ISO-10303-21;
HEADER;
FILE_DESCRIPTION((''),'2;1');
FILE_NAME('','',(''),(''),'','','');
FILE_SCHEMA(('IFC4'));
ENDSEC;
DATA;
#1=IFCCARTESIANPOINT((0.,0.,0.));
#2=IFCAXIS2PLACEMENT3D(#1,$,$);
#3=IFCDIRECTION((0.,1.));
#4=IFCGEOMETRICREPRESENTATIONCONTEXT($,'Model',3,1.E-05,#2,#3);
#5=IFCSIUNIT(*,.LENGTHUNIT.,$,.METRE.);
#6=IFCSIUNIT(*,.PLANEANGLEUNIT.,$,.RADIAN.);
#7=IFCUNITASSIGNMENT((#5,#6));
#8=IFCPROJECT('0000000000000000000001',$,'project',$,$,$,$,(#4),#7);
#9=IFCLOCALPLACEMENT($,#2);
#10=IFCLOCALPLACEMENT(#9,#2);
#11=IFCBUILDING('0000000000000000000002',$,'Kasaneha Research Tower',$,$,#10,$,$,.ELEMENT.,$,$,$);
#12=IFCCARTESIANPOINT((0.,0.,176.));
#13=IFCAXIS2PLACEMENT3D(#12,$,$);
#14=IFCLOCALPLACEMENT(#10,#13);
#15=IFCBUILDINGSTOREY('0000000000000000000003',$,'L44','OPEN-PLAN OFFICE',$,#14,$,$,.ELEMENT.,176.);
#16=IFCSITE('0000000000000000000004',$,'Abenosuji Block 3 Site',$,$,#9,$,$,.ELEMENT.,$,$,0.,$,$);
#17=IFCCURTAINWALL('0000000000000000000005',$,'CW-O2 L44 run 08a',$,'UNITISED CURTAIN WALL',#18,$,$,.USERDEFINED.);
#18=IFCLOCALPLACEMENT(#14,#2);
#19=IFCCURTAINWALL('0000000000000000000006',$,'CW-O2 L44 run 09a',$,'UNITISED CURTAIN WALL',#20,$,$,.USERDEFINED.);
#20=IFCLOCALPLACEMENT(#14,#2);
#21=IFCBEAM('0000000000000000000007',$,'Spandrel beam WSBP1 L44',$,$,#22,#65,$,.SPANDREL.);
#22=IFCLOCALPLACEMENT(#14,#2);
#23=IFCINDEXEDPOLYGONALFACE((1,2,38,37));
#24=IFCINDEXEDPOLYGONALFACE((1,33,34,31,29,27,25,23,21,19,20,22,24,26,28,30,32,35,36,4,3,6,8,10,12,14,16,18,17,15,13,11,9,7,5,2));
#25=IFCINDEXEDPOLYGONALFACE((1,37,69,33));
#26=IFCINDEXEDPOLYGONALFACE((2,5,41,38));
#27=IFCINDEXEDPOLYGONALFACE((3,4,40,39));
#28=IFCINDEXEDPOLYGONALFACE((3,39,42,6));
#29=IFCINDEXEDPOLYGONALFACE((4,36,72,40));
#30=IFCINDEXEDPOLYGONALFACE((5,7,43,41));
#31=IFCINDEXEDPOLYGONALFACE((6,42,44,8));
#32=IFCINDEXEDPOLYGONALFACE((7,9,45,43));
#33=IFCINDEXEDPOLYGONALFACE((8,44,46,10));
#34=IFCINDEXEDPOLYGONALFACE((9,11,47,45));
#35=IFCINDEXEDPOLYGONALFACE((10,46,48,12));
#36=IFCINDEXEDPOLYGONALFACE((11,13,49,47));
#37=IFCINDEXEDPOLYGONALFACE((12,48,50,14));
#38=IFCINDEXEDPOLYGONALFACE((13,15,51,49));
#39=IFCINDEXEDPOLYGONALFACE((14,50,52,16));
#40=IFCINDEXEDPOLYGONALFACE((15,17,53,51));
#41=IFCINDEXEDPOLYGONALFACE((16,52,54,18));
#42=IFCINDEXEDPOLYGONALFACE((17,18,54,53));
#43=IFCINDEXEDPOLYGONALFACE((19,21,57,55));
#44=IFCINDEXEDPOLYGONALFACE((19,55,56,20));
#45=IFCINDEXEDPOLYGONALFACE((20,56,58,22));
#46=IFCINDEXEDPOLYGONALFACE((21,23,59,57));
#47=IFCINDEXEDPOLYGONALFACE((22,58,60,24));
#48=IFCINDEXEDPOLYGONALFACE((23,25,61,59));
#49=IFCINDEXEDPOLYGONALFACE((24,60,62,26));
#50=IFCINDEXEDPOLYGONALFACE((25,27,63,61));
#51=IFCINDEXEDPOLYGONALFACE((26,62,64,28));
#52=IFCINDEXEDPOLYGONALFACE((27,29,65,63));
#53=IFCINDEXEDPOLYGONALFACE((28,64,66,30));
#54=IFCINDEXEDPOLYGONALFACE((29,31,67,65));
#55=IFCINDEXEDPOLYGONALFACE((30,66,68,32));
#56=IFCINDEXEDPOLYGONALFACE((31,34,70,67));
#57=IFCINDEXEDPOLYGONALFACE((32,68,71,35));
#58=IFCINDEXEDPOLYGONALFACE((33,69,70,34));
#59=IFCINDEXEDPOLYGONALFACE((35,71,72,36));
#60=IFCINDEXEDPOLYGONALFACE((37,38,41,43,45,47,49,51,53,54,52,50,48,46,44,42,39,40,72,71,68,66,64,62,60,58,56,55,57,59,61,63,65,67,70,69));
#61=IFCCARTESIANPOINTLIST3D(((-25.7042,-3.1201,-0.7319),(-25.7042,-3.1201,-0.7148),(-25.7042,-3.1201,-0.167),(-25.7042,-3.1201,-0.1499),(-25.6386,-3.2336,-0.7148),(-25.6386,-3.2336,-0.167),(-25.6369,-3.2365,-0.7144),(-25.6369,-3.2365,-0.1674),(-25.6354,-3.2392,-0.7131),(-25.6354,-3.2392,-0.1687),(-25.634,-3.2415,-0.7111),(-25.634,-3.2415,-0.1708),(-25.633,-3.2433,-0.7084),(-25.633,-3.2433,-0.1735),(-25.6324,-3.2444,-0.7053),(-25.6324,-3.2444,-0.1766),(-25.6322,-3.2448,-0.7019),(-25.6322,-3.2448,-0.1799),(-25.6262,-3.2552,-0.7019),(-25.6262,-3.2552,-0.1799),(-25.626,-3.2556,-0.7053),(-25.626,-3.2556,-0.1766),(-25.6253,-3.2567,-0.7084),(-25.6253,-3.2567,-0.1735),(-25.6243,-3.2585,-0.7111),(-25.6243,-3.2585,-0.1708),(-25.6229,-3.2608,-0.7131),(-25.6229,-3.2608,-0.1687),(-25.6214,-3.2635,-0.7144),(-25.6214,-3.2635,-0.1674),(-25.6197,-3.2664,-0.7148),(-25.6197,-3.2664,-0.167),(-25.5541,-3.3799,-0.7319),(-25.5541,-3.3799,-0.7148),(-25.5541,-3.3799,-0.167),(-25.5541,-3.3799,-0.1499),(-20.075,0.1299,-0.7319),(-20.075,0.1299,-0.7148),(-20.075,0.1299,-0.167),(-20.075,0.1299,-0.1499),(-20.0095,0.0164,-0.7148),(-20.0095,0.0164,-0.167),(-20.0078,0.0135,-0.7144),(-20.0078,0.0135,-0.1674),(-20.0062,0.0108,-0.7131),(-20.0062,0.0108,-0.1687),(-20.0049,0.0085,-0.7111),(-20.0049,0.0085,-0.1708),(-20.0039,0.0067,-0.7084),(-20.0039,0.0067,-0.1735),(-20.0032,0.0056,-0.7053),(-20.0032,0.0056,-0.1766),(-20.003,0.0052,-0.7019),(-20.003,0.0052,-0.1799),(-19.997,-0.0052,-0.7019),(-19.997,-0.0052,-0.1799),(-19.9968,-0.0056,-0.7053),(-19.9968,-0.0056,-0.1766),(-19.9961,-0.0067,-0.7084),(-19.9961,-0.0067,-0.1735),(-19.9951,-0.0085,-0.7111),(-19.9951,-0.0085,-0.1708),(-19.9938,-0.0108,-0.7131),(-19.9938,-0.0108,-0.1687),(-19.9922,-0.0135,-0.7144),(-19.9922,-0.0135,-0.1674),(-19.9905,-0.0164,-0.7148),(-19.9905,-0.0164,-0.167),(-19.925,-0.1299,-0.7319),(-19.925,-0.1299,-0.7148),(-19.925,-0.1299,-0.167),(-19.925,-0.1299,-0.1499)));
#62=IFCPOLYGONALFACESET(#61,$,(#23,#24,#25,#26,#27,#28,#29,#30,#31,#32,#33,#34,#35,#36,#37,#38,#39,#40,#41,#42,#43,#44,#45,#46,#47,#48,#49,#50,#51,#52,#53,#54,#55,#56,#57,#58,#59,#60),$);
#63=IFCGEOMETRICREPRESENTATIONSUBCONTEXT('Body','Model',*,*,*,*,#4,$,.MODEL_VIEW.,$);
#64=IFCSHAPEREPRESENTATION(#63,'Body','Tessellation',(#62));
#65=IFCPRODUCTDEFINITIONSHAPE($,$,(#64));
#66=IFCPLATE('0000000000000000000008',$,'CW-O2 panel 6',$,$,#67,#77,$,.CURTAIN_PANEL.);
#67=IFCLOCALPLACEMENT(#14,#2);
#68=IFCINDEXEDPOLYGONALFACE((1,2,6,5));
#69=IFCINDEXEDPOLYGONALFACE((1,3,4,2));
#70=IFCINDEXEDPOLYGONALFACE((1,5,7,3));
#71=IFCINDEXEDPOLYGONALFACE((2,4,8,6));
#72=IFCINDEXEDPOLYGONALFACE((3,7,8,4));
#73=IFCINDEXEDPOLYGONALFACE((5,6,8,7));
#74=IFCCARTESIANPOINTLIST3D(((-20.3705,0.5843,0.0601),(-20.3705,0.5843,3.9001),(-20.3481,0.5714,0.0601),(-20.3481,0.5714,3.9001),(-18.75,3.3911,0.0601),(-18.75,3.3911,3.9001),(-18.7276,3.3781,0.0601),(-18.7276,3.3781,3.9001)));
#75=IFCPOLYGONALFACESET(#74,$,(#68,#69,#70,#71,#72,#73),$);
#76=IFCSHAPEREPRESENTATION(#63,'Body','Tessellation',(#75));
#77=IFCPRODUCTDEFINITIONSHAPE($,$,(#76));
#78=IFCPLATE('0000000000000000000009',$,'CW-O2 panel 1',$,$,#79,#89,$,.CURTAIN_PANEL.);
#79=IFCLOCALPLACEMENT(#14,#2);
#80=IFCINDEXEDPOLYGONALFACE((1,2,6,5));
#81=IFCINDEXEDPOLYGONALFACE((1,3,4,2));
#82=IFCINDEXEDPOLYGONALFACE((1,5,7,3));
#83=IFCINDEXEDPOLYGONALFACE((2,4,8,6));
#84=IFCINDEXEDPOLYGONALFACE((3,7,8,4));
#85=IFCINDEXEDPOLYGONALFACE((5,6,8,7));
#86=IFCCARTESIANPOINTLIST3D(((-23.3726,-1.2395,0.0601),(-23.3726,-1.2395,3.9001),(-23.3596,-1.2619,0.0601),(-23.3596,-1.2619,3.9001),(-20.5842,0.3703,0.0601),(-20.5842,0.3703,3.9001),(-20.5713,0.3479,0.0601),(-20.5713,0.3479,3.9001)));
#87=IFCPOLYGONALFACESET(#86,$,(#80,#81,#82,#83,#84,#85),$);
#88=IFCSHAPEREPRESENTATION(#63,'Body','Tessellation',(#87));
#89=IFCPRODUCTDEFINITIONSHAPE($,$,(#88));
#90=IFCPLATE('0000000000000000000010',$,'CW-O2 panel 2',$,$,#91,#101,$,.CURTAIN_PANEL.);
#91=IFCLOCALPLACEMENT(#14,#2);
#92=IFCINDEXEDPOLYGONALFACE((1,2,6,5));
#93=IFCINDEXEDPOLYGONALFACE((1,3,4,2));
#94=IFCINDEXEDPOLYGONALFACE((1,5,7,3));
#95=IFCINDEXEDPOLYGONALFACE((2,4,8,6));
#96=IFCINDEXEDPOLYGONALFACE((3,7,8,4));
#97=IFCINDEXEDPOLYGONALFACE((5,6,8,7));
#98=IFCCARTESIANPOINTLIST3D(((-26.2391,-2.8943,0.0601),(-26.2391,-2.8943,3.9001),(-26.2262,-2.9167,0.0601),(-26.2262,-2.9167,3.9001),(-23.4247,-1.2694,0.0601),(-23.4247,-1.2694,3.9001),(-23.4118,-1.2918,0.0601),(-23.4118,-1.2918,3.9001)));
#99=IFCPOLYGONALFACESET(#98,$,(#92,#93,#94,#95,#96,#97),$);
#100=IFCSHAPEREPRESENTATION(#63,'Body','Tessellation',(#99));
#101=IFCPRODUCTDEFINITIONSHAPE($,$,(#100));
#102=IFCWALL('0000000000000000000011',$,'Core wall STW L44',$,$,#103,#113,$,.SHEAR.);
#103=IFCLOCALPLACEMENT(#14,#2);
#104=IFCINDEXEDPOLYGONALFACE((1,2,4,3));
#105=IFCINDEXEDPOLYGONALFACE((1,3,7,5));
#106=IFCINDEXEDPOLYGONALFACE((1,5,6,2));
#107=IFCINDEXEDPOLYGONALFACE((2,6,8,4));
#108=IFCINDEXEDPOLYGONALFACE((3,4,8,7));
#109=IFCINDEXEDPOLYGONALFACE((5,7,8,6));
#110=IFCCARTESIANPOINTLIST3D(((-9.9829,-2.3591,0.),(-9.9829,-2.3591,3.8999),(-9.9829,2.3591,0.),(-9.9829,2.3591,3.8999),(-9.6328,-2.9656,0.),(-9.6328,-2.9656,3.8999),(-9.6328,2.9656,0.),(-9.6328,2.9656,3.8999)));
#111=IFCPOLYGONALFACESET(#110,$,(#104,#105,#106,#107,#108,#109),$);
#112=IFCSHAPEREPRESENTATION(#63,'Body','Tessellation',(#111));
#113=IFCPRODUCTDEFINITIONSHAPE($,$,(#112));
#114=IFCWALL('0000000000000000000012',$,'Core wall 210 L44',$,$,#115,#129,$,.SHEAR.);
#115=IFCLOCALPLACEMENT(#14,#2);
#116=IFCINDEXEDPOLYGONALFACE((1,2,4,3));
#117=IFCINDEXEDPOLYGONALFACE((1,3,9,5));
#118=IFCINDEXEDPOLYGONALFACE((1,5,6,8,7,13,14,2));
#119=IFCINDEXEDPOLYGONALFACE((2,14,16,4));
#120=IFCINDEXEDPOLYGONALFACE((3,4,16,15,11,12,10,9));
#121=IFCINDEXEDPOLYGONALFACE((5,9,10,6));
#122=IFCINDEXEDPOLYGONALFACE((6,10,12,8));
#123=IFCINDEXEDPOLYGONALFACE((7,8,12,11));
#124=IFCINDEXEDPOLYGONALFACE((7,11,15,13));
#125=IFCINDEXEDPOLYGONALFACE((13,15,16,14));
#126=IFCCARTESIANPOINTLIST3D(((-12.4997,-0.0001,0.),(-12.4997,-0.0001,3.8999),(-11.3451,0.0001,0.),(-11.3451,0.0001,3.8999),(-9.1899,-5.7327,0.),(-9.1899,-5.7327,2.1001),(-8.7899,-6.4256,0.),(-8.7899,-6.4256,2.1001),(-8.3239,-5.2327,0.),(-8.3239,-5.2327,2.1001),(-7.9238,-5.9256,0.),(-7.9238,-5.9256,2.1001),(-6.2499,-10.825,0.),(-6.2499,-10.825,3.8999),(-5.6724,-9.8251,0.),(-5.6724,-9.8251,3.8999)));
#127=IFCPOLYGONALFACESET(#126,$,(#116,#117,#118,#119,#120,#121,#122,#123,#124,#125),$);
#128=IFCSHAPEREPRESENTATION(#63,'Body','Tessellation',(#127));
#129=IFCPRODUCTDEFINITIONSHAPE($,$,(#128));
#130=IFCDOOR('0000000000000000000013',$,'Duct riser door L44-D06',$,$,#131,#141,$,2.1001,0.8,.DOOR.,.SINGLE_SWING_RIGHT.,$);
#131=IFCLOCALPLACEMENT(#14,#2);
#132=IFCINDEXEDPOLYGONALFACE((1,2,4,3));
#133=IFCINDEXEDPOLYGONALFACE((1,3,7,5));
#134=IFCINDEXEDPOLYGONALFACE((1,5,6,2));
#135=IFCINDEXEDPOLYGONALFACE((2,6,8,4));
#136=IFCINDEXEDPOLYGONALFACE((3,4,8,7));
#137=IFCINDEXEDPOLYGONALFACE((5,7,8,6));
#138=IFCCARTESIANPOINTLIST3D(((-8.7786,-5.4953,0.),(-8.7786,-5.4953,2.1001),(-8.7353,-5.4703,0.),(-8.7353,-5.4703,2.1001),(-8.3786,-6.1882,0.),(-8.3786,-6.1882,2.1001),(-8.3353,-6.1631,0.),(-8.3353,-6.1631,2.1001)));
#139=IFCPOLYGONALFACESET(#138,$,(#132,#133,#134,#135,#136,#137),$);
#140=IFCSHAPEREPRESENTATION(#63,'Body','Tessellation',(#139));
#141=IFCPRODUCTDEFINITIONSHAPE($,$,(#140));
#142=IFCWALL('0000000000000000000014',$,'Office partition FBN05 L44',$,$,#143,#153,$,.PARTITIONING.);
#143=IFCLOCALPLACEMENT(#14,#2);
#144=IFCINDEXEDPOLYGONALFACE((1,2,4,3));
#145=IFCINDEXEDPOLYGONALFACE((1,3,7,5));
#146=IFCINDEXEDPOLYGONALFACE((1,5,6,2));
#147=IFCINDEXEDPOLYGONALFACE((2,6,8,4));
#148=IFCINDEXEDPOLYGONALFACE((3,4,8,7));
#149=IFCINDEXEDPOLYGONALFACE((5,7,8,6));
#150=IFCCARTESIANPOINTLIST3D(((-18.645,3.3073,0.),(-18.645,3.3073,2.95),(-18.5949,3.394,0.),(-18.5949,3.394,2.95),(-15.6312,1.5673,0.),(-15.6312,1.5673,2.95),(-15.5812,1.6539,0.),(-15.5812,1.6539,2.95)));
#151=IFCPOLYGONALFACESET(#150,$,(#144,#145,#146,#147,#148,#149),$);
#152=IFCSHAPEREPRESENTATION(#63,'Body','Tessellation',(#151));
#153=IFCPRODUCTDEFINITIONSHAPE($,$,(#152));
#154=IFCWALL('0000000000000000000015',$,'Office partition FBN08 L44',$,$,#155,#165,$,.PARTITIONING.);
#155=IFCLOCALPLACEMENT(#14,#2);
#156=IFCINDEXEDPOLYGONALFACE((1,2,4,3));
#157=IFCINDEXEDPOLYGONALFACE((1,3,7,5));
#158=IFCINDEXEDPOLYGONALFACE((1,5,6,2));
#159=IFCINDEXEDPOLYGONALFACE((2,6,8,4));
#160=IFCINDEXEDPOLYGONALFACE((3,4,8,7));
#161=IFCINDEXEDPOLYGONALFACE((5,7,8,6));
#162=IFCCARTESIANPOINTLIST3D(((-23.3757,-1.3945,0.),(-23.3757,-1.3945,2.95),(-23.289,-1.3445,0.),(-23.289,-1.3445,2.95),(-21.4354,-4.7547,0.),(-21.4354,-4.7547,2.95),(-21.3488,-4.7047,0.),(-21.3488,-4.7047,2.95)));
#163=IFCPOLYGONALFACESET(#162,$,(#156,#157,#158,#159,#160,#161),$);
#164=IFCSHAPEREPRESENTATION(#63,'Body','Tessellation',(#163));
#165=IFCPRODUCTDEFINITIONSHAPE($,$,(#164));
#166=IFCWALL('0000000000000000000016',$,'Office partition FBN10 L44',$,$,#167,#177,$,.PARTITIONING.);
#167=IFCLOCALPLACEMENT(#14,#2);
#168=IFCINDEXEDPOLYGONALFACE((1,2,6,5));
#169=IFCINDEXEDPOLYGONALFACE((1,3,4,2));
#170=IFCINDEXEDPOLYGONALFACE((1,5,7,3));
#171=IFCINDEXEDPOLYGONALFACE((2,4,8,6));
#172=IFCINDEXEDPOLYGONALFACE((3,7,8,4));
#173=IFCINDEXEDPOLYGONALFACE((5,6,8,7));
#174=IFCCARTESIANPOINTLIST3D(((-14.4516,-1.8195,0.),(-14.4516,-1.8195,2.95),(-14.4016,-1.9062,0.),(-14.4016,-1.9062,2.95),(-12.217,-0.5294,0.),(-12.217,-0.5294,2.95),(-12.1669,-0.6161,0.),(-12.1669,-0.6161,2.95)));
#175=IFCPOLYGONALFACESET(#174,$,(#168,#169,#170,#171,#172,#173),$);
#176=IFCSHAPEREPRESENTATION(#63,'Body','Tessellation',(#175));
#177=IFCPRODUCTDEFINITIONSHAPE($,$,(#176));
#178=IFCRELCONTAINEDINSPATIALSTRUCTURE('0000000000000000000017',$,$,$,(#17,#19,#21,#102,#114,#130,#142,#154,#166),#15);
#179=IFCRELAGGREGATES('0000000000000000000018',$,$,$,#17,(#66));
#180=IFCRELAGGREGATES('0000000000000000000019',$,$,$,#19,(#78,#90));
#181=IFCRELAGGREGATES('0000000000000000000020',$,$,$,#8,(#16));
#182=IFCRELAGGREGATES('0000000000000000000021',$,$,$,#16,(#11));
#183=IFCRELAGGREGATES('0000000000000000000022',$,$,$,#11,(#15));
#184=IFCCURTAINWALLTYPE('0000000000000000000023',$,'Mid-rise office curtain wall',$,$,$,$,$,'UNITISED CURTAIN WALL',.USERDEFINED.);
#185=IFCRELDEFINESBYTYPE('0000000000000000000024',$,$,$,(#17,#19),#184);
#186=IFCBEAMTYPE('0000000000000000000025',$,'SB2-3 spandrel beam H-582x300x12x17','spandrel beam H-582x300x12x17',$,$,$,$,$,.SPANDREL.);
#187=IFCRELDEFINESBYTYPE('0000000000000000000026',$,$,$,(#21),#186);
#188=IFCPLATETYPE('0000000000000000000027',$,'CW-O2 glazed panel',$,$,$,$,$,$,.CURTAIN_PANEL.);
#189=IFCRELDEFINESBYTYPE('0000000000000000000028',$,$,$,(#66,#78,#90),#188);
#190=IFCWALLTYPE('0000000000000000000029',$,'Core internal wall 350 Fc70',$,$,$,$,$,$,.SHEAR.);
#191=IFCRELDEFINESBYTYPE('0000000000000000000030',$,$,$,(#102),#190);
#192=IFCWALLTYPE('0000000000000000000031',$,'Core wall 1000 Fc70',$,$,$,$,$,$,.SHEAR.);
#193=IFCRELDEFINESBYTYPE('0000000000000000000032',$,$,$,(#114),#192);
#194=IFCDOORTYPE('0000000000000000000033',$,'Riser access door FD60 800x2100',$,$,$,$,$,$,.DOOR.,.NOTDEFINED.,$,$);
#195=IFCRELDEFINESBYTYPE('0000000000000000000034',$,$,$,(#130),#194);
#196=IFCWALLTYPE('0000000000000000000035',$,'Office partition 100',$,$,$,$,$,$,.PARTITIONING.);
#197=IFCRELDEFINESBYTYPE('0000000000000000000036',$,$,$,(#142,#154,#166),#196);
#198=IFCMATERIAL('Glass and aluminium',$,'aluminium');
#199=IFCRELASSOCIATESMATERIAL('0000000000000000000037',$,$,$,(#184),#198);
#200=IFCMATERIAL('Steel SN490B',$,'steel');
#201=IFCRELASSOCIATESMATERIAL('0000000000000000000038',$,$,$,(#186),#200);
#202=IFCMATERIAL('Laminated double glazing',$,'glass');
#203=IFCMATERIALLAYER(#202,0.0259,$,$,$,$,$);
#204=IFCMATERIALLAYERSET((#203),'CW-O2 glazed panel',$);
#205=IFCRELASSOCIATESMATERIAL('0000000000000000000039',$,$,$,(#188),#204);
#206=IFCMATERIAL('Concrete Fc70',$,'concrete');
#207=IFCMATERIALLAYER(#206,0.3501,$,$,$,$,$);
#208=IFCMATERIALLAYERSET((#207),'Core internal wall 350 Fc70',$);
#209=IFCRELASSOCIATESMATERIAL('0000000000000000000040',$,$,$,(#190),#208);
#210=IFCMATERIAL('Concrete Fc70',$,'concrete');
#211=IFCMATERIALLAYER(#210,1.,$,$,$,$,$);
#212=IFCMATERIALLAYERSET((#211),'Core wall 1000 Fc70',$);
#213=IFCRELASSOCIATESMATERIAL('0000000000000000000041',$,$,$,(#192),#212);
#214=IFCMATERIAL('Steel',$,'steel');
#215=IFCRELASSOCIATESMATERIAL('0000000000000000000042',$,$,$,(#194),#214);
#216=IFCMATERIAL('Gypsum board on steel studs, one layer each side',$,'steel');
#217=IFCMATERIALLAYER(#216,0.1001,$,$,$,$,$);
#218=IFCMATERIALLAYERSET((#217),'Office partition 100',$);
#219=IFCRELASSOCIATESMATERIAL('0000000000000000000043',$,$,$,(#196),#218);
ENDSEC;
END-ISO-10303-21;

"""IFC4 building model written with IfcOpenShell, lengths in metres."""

from ifc_helpers import new_model, si_unit, direction, frame, frame_2d, origin, origin_2d, place, context, subcontext, project, spatial, polyline, rectangle, i_section, outline, extrude, material, layer, layer_set, material_profile, profile_set, type_object, element, fill, aggregate, save


model = new_model("IFC4")

# Units and contexts
model_context = context("Model", 3, precision=1e-05, world=origin(), true_north=direction((0.0, 1.0)))
body_context = subcontext(model_context, "Body", "Model", "MODEL_VIEW")
ifc_project = project(units=[si_unit("LENGTHUNIT", "METRE"), si_unit("PLANEANGLEUNIT", "RADIAN")], contexts=[model_context])

# Site, building, storey
site_placement = place(None, origin())
site = spatial("IfcSite", under=ifc_project, at=site_placement, Name="Abenosuji Block 3 Site", CompositionType="ELEMENT", RefElevation=0.0)
building_placement = place(site_placement, origin())
building = spatial("IfcBuilding", under=site, at=building_placement, Name="Kasaneha Research Tower", CompositionType="ELEMENT")
storey_placement = place(building_placement, frame((0.0, 0.0, 176.0)))
storey = spatial("IfcBuildingStorey", under=building, at=storey_placement, Name="L44", Description="OPEN-PLAN OFFICE", CompositionType="ELEMENT", Elevation=176.0)

# Curtain wall
ifc_material_1 = material(Name="Glass and aluminium", Category="aluminium")
curtain_wall_type = type_object("IfcCurtainWallType", Name="Mid-rise office curtain wall", ElementType="UNITISED CURTAIN WALL", PredefinedType="USERDEFINED", material=ifc_material_1)
curtain_wall_1_placement = place(storey_placement, origin())
curtain_wall_1 = element("IfcCurtainWall", 1, at=curtain_wall_1_placement, inside=storey, type_object=curtain_wall_type, Name="CW-O2 L44 run 08a", ObjectType="UNITISED CURTAIN WALL", PredefinedType="USERDEFINED")

# Curtain wall
curtain_wall_2_placement = place(storey_placement, origin())
curtain_wall_2 = element("IfcCurtainWall", 2, at=curtain_wall_2_placement, inside=storey, type_object=curtain_wall_type, Name="CW-O2 L44 run 09a", ObjectType="UNITISED CURTAIN WALL", PredefinedType="USERDEFINED")

# Beam
ifc_material_2 = material(Name="Steel SN490B", Category="steel")
ifc_material_profile_1 = material_profile(ifc_material_2, i_section(OverallWidth=0.3, OverallDepth=0.582, WebThickness=0.012, FlangeThickness=0.0171, FilletRadius=0.0129, at=origin_2d()), Name="H-582x300x12x17")
ifc_profile_set_1 = profile_set([ifc_material_profile_1], Name="Steel SN490B")
beam_type_1 = type_object("IfcBeamType", Name="SB2-3 spandrel beam H-582x300x12x17", Description="spandrel beam H-582x300x12x17", PredefinedType="SPANDREL", material=ifc_profile_set_1)
beam_1_placement = place(storey_placement, frame((-20.0, 0.0, -0.4409), z_axis=(-0.866025, -0.500001, 0.0), x_axis=(0.500001, -0.866025, 0.0)))
element("IfcBeam", 3, at=beam_1_placement, inside=storey, type_object=beam_type_1, Name="Spandrel beam WSBP1 L44", PredefinedType="SPANDREL", context=body_context, shape_type="SweptSolid", body=[
    extrude(i_section(OverallWidth=0.3, OverallDepth=0.582, WebThickness=0.012, FlangeThickness=0.0171, FilletRadius=0.0129, at=origin_2d()), origin(), (0.0, 0.0, 1.0), 6.5),
])

# Plates
ifc_material_3 = material(Name="Laminated double glazing", Category="glass")
ifc_layer_1 = layer(ifc_material_3, 0.0259)
ifc_layer_set_1 = layer_set([ifc_layer_1], Name="CW-O2 glazed panel")
plate_type = type_object("IfcPlateType", Name="CW-O2 glazed panel", PredefinedType="CURTAIN_PANEL", material=ifc_layer_set_1)
plate_1_placement = place(storey_placement, frame((-19.5491, 1.9812, 0.0601), z_axis=(0.0, 0.0, 1.0), x_axis=(-0.5, -0.866025, 0.0)))
plate_1 = element("IfcPlate", 4, at=plate_1_placement, type_object=plate_type, Name="CW-O2 panel 6", PredefinedType="CURTAIN_PANEL", context=body_context, shape_type="SweptSolid", body=[
    extrude(rectangle(XDim=3.241, YDim=0.0259, at=origin_2d()), origin(), (0.0, 0.0, 1.0), 3.8401),
])
aggregate(curtain_wall_1, [plate_1])
plate_2_placement = place(storey_placement, frame((-21.9719, -0.4458, 0.0601), z_axis=(0.0, 0.0, 1.0), x_axis=(-0.866025, -0.5, 0.0)))
plate_2 = element("IfcPlate", 5, at=plate_2_placement, type_object=plate_type, Name="CW-O2 panel 1", PredefinedType="CURTAIN_PANEL", context=body_context, shape_type="SweptSolid", body=[
    extrude(rectangle(XDim=3.2197, YDim=0.0259, at=origin_2d()), origin(), (0.0, 0.0, 1.0), 3.8401),
])
plate_3_placement = place(storey_placement, frame((-24.8254, -2.093, 0.0601), z_axis=(0.0, 0.0, 1.0), x_axis=(-0.866025, -0.5, 0.0)))
plate_3 = element("IfcPlate", 6, at=plate_3_placement, type_object=plate_type, Name="CW-O2 panel 2", PredefinedType="CURTAIN_PANEL", context=body_context, shape_type="SweptSolid", body=[
    extrude(rectangle(XDim=3.2498, YDim=0.0259, at=origin_2d()), origin(), (0.0, 0.0, 1.0), 3.8401),
])
aggregate(curtain_wall_2, [plate_2, plate_3])

# Wall
ifc_material_4 = material(Name="Concrete Fc70", Category="concrete")
ifc_layer_2 = layer(ifc_material_4, 0.3501)
ifc_layer_set_2 = layer_set([ifc_layer_2], Name="Core internal wall 350 Fc70")
wall_type_1 = type_object("IfcWallType", Name="Core internal wall 350 Fc70", PredefinedType="SHEAR", material=ifc_layer_set_2)
wall_1_placement = place(storey_placement, frame((-9.8079, -2.6624, 0.0), z_axis=(0.0, 0.0, 1.0), x_axis=(0.0, 1.0, 0.0)))
element("IfcWall", 7, at=wall_1_placement, inside=storey, type_object=wall_type_1, Name="Core wall STW L44", PredefinedType="SHEAR", context=body_context, shape_type="SweptSolid", body=[
    extrude(outline(polyline([(-0.3032, -0.175), (5.6279, -0.175), (5.0215, 0.175), (0.3032, 0.175), (-0.3032, -0.175)])), origin(), (0.0, 0.0, 1.0), 3.8999),
])

# Wall, opening, door
ifc_material_5 = material(Name="Concrete Fc70", Category="concrete")
ifc_layer_3 = layer(ifc_material_5, 1.0)
ifc_layer_set_3 = layer_set([ifc_layer_3], Name="Core wall 1000 Fc70")
wall_type_2 = type_object("IfcWallType", Name="Core wall 1000 Fc70", PredefinedType="SHEAR", material=ifc_layer_set_3)
wall_2_placement = place(storey_placement, frame((-11.9224, 0.0, 0.0), z_axis=(0.0, 0.0, 1.0), x_axis=(0.500004, -0.866023, 0.0)))
wall_2 = element("IfcWall", 8, at=wall_2_placement, inside=storey, type_object=wall_type_2, Name="Core wall 210 L44", PredefinedType="SHEAR", context=body_context, shape_type="SweptSolid", body=[
    extrude(outline(polyline([(-0.2886, -0.5), (6.3311, -0.5), (7.1311, -0.5), (12.2109, -0.5), (11.6338, 0.5), (7.1311, 0.5), (6.3311, 0.5), (0.2886, 0.5), (-0.2886, -0.5)])), origin(), (0.0, 0.0, 1.0), 3.8999),
])
opening_placement = place(wall_2_placement, frame((6.3311, 0.0, 0.0)))
opening = element("IfcOpeningElement", 9, at=opening_placement, cuts=wall_2, PredefinedType="OPENING", context=body_context, shape_type="SweptSolid", body=[
    extrude(rectangle(XDim=0.8, YDim=2.1001, at=frame_2d((0.3999, 1.05))), frame((0.0, 0.51, 0.0), z_axis=(0.0, -1.0, 0.0), x_axis=(1.0, 0.0, 0.0)), (0.0, 0.0, 1.0), 1.02),
])
ifc_material_6 = material(Name="Steel", Category="steel")
door_type = type_object("IfcDoorType", Name="Riser access door FD60 800x2100", OperationType="NOTDEFINED", PredefinedType="DOOR", material=ifc_material_6)
door_placement = place(opening_placement, origin())
door = element("IfcDoor", 10, at=door_placement, inside=storey, type_object=door_type, Name="Duct riser door L44-D06", OperationType="SINGLE_SWING_RIGHT", OverallHeight=2.1001, OverallWidth=0.8, PredefinedType="DOOR", context=body_context, shape_type="SweptSolid", body=[
    extrude(rectangle(XDim=0.8, YDim=2.1001, at=frame_2d((0.3999, 1.05))), frame((0.0, 0.0249, 0.0), z_axis=(0.0, -1.0, 0.0), x_axis=(1.0, 0.0, 0.0)), (0.0, 0.0, 1.0), 0.05),
])
fill(opening, door)

# Walls
ifc_material_7 = material(Name="Gypsum board on steel studs, one layer each side", Category="steel")
ifc_layer_4 = layer(ifc_material_7, 0.1001)
ifc_layer_set_4 = layer_set([ifc_layer_4], Name="Office partition 100")
wall_type_3 = type_object("IfcWallType", Name="Office partition 100", PredefinedType="PARTITIONING", material=ifc_layer_set_4)
wall_3_placement = place(storey_placement, frame((-15.6062, 1.6106, 0.0), z_axis=(0.0, 0.0, 1.0), x_axis=(-0.86602, 0.50001, 0.0)))
element("IfcWall", 11, at=wall_3_placement, inside=storey, type_object=wall_type_3, Name="Office partition FBN05 L44", PredefinedType="PARTITIONING", context=body_context, shape_type="SweptSolid", body=[
    extrude(rectangle(XDim=3.48, YDim=0.1001, at=frame_2d((1.74, 0.0))), origin(), (0.0, 0.0, 1.0), 2.95),
])
wall_4_placement = place(storey_placement, frame((-23.3323, -1.3696, 0.0), z_axis=(0.0, 0.0, 1.0), x_axis=(0.500044, -0.866, 0.0)))
element("IfcWall", 12, at=wall_4_placement, inside=storey, type_object=wall_type_3, Name="Office partition FBN08 L44", PredefinedType="PARTITIONING", context=body_context, shape_type="SweptSolid", body=[
    extrude(rectangle(XDim=3.8801, YDim=0.1001, at=frame_2d((1.9399, 0.0))), origin(), (0.0, 0.0, 1.0), 2.95),
])
wall_5_placement = place(storey_placement, frame((-14.4265, -1.8628, 0.0), z_axis=(0.0, 0.0, 1.0), x_axis=(0.866045, 0.499965, 0.0)))
element("IfcWall", 13, at=wall_5_placement, inside=storey, type_object=wall_type_3, Name="Office partition FBN10 L44", PredefinedType="PARTITIONING", context=body_context, shape_type="SweptSolid", body=[
    extrude(rectangle(XDim=2.5803, YDim=0.1001, at=frame_2d((1.29, 0.0))), origin(), (0.0, 0.0, 1.0), 2.95),
])

save(model, "model.ifc")
